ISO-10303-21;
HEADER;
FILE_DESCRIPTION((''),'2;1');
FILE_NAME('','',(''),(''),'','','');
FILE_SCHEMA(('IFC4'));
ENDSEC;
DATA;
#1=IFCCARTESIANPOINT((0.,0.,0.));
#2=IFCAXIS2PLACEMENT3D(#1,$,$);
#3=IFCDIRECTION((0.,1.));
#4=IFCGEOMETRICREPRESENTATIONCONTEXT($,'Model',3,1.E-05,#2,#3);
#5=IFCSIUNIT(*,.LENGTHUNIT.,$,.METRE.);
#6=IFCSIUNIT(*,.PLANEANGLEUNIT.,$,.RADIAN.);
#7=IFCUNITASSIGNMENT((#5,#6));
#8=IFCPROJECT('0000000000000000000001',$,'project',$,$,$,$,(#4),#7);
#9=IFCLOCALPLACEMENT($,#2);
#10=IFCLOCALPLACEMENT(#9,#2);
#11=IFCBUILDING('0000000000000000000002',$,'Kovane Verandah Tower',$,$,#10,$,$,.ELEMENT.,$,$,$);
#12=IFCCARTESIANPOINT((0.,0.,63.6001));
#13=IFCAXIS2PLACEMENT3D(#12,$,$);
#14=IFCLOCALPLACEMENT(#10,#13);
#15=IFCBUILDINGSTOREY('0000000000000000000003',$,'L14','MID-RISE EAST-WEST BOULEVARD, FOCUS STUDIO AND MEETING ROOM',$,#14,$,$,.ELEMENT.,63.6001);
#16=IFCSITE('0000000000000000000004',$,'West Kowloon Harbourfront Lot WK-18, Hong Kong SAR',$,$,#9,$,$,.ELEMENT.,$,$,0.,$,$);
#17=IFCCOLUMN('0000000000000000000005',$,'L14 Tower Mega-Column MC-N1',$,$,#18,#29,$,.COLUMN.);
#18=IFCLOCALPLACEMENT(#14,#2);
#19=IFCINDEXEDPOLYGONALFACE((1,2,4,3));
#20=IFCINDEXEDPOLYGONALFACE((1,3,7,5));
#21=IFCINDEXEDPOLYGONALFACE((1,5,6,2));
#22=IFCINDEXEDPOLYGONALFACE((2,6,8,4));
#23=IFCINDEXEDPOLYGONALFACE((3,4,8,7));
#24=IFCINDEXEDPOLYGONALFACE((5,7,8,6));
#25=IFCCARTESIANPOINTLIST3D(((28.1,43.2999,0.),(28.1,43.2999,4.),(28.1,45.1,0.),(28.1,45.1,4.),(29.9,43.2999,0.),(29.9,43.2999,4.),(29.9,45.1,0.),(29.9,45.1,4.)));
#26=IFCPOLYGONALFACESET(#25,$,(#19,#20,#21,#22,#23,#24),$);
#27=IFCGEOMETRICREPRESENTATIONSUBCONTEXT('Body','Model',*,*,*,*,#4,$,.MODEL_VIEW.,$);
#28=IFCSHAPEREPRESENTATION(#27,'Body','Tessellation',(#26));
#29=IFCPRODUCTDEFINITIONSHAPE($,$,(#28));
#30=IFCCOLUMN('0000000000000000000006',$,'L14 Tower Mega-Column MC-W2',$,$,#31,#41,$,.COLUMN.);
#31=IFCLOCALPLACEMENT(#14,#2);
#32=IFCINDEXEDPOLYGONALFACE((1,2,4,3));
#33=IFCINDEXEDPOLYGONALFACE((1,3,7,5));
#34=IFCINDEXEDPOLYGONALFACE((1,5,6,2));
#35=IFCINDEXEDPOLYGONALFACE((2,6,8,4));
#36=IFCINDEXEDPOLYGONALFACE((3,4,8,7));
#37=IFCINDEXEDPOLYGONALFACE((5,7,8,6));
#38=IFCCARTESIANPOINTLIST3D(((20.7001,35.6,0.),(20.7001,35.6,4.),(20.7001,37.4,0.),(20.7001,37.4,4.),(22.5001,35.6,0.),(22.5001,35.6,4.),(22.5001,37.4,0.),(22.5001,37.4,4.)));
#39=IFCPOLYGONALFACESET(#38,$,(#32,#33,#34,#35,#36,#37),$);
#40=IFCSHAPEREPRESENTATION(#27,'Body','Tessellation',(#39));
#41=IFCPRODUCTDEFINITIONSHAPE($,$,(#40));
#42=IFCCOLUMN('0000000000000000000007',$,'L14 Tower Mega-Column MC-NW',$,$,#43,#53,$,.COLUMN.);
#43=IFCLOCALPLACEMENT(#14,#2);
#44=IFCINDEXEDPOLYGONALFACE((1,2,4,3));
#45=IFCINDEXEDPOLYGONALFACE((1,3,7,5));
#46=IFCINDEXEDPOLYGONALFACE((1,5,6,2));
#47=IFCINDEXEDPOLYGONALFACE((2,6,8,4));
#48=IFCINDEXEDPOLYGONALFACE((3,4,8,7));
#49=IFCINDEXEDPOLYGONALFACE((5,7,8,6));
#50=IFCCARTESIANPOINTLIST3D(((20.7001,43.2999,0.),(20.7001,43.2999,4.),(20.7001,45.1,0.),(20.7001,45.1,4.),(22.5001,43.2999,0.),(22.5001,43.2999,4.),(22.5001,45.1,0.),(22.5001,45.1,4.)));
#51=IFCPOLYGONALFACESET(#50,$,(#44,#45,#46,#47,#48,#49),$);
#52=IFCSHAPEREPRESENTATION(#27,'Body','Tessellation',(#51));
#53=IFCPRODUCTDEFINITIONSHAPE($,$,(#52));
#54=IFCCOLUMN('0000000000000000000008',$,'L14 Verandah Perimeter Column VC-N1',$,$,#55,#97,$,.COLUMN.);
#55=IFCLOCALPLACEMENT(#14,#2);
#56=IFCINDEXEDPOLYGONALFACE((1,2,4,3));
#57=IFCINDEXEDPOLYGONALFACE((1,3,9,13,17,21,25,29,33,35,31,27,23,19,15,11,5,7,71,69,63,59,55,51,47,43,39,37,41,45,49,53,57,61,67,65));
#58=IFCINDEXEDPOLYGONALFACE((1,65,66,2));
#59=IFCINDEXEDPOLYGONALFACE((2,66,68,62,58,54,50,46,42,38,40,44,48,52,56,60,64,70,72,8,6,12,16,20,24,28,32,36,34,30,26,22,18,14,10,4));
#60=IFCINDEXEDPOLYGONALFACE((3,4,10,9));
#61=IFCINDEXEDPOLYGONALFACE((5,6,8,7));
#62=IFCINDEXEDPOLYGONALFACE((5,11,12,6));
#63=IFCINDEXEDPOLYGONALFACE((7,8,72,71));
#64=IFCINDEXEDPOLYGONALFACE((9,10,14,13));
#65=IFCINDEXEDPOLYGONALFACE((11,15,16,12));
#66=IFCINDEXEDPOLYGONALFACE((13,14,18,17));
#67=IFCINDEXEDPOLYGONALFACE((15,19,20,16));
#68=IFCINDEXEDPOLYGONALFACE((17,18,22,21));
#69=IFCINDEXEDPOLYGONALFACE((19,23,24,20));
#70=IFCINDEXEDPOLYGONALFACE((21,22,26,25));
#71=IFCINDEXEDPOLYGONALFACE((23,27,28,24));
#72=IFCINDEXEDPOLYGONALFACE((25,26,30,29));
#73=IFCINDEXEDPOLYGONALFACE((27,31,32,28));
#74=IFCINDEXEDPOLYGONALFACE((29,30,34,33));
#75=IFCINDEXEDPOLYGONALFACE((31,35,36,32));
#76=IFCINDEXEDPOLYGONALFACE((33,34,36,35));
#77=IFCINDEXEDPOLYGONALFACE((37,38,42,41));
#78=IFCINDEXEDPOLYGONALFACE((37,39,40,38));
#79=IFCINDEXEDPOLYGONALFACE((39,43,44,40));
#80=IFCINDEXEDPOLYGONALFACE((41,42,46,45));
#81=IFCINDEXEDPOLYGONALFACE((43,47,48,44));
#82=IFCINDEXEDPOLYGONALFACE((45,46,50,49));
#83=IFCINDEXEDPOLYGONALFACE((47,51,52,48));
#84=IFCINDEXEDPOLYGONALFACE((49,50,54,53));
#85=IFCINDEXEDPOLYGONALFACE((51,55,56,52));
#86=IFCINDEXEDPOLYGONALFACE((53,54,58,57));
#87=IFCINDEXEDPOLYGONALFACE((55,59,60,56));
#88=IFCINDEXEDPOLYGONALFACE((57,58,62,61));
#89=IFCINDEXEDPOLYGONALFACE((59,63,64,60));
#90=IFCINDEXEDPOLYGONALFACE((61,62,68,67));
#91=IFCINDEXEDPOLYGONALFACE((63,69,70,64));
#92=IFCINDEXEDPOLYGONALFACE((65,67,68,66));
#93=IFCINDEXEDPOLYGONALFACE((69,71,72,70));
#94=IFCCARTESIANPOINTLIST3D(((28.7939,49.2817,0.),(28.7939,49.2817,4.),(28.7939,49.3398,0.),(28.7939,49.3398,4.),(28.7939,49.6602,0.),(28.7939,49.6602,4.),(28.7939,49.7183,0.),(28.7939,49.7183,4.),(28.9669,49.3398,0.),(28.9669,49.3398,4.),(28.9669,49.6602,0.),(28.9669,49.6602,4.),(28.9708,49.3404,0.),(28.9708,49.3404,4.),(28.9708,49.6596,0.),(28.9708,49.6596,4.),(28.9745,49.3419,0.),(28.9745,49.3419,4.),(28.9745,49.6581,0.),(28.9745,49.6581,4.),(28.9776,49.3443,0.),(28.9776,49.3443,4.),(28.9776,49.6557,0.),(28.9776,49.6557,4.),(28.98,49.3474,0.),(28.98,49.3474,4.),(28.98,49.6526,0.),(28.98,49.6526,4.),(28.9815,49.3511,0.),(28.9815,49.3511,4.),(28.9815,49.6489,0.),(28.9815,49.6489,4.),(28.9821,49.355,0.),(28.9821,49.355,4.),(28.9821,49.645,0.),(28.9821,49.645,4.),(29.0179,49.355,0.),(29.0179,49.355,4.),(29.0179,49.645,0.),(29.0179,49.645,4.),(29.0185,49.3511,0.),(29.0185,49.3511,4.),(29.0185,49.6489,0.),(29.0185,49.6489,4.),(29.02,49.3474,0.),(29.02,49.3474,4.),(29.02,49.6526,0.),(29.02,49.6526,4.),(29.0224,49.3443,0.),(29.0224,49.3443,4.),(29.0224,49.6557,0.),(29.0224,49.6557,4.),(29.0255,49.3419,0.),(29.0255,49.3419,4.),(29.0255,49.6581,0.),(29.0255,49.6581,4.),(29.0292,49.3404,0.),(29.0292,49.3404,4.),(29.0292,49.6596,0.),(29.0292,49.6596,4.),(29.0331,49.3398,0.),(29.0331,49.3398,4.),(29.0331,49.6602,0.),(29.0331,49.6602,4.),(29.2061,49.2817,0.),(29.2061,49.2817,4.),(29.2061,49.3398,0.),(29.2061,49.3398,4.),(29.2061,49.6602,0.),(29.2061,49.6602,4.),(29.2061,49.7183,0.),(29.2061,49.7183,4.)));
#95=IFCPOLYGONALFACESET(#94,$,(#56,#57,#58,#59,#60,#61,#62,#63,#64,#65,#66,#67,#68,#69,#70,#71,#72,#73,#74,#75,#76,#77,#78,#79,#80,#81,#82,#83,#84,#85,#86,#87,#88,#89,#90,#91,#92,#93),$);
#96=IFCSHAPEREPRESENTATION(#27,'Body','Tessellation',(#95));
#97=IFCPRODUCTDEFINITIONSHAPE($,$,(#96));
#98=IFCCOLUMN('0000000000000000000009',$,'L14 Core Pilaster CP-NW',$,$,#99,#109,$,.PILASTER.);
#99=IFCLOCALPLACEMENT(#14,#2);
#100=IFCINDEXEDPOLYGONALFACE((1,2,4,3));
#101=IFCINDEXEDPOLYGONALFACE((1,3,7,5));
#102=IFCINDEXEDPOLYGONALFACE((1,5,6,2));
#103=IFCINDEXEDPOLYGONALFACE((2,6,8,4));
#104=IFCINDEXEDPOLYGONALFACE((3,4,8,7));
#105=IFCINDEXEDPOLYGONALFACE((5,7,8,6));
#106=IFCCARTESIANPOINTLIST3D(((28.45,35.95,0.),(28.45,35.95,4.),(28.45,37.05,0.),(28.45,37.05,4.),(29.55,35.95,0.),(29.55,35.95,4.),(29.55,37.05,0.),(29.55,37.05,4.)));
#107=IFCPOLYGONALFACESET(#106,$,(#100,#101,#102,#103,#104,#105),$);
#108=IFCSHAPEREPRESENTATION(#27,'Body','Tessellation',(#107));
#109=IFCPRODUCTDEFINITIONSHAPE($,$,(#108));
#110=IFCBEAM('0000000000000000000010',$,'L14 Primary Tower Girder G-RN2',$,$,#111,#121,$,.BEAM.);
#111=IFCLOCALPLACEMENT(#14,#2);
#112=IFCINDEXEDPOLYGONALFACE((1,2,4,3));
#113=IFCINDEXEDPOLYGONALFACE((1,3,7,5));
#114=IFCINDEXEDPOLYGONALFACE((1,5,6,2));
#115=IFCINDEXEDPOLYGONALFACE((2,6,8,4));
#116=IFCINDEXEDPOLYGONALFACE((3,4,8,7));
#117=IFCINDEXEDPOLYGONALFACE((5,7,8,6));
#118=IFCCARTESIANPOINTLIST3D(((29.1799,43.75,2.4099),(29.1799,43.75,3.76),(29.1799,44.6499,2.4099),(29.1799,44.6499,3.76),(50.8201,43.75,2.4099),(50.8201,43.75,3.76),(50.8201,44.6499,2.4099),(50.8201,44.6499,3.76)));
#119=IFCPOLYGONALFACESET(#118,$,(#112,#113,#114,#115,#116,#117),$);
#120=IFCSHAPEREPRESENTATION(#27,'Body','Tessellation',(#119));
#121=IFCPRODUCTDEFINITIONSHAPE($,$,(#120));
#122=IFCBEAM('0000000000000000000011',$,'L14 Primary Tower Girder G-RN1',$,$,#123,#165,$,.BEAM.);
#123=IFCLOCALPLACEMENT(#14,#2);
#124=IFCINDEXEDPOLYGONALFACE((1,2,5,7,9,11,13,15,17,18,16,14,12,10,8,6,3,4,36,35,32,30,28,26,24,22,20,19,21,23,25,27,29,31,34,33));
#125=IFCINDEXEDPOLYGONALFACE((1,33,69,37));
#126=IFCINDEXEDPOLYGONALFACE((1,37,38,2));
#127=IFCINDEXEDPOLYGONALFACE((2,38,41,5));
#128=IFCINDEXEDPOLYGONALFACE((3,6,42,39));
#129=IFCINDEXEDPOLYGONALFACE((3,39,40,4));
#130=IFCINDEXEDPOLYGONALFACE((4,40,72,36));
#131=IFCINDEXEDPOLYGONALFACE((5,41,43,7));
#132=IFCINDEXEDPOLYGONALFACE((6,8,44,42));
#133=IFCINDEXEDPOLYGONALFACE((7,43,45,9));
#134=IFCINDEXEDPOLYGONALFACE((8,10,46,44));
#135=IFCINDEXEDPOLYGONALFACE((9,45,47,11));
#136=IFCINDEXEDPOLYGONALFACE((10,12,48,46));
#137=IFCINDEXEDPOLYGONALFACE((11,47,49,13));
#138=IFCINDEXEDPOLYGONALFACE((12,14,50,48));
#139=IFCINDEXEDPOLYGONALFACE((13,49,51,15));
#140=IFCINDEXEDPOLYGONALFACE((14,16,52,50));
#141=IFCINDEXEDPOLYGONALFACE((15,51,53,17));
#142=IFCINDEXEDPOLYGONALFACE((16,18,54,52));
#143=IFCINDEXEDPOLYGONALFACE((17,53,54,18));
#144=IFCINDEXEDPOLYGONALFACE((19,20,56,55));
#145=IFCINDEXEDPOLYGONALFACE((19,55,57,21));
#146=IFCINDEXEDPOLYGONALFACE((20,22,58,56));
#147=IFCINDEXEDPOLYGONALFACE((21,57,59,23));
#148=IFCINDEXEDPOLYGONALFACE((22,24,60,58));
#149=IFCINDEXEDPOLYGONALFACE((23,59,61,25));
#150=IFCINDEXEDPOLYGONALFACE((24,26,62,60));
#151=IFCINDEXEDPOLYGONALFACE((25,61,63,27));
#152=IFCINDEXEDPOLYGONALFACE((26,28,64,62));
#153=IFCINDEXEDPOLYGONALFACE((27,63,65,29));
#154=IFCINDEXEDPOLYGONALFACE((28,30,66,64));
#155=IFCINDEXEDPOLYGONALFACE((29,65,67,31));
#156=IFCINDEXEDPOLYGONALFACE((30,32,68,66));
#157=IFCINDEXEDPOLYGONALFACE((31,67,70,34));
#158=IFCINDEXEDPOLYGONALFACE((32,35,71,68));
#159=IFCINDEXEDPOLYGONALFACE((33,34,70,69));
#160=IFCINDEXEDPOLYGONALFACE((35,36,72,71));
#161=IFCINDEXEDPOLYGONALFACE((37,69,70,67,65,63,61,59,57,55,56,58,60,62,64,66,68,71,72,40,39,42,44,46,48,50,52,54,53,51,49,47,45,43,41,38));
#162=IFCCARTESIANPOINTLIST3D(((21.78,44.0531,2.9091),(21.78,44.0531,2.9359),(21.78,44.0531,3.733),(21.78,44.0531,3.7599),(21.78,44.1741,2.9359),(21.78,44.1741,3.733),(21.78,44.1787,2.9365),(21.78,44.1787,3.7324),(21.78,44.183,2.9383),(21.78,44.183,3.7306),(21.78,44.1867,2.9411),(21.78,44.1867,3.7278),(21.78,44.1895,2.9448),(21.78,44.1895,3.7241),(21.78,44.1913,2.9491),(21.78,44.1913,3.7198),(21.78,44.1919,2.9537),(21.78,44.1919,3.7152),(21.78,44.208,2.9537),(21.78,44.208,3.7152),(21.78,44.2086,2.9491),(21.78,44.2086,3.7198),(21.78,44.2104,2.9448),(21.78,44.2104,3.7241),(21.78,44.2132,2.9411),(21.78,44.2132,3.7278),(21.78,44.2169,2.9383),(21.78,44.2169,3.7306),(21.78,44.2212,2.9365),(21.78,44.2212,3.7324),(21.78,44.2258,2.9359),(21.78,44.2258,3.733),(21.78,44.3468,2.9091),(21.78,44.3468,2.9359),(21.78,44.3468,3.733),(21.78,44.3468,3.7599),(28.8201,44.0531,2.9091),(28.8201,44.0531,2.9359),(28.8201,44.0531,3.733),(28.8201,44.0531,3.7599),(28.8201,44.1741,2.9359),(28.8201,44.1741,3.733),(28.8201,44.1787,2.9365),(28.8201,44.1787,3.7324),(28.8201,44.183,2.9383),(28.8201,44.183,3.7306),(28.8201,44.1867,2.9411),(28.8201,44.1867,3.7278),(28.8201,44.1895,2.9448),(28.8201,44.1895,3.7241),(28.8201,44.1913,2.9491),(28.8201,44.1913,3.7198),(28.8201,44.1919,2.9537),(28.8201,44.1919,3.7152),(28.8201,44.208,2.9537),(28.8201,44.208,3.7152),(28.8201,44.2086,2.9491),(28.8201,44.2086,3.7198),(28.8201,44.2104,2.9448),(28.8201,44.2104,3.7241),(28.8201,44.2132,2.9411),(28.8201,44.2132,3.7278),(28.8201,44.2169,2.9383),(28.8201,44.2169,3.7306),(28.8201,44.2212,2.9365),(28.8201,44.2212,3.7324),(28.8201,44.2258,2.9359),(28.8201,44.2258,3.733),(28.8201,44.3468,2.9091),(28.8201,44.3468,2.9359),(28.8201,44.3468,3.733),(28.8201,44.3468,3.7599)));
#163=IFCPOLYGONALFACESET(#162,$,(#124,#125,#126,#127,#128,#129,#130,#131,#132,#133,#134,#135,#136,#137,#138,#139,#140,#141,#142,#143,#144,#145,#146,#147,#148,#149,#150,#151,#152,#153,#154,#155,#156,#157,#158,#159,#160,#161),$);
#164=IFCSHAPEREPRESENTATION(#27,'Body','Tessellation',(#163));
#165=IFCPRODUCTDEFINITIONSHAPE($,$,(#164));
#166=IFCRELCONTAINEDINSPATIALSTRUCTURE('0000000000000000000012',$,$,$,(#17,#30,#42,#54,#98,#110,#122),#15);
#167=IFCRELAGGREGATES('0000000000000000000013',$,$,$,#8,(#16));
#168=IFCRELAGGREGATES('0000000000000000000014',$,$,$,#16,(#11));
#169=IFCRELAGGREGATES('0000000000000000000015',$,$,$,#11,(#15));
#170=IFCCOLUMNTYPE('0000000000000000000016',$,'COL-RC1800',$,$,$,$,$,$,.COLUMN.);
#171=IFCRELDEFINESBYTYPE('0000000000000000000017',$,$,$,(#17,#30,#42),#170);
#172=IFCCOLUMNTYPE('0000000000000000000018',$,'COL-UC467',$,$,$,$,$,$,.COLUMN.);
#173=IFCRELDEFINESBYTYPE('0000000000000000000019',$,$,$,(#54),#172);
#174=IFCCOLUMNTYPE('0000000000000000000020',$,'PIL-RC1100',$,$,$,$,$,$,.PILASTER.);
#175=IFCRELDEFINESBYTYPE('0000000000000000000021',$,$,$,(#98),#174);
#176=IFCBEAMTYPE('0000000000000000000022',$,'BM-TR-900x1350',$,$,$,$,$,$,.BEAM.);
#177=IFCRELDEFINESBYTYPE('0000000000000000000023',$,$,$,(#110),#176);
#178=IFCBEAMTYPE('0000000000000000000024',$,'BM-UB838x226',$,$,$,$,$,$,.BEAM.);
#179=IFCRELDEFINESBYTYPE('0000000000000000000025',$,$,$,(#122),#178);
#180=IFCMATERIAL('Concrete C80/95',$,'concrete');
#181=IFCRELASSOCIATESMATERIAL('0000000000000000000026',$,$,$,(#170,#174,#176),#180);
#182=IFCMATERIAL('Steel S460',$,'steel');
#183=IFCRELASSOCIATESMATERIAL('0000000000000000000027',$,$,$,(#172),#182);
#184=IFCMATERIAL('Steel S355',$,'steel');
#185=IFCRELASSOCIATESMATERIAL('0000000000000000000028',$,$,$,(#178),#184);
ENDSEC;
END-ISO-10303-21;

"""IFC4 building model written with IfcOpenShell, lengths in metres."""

from ifc_helpers import new_model, si_unit, direction, frame, origin, origin_2d, place, context, subcontext, project, spatial, rectangle, i_section, extrude, material, material_profile, profile_set, type_object, element, save


model = new_model("IFC4")

# Units and contexts
model_context = context("Model", 3, precision=1e-05, world=origin(), true_north=direction((0.0, 1.0)))
body_context = subcontext(model_context, "Body", "Model", "MODEL_VIEW")
ifc_project = project(units=[si_unit("LENGTHUNIT", "METRE"), si_unit("PLANEANGLEUNIT", "RADIAN")], contexts=[model_context])

# Site, building, storey
site_placement = place(None, origin())
site = spatial("IfcSite", under=ifc_project, at=site_placement, Name="West Kowloon Harbourfront Lot WK-18, Hong Kong SAR", CompositionType="ELEMENT", RefElevation=0.0)
building_placement = place(site_placement, origin())
building = spatial("IfcBuilding", under=site, at=building_placement, Name="Kovane Verandah Tower", CompositionType="ELEMENT")
storey_placement = place(building_placement, frame((0.0, 0.0, 63.6001)))
storey = spatial("IfcBuildingStorey", under=building, at=storey_placement, Name="L14", Description="MID-RISE EAST-WEST BOULEVARD, FOCUS STUDIO AND MEETING ROOM", CompositionType="ELEMENT", Elevation=63.6001)

# Columns
ifc_material_1 = material(Name="Concrete C80/95", Category="concrete")
ifc_material_profile_1 = material_profile(ifc_material_1, rectangle(XDim=1.8, YDim=1.8, at=origin_2d()), Name="RC1800x1800")
ifc_profile_set_1 = profile_set([ifc_material_profile_1], Name="Concrete C80/95")
column_type_1 = type_object("IfcColumnType", Name="COL-RC1800", PredefinedType="COLUMN", material=ifc_profile_set_1)
for number, where, z_axis, x_axis, name in (
    (1, (29.0, 44.2, 0.0), (0.0, 0.0, 1.0), (1.0, 0.0, 0.0), "L14 Tower Mega-Column MC-N1"),
    (2, (21.6001, 36.5, 0.0), (0.0, 0.0, 1.0), (1.0, 0.0, 0.0), "L14 Tower Mega-Column MC-W2"),
    (3, (21.6001, 44.2, 0.0), (0.0, 0.0, 1.0), (1.0, 0.0, 0.0), "L14 Tower Mega-Column MC-NW"),
):
    element("IfcColumn", number, at=place(storey_placement, frame(where, z_axis=z_axis, x_axis=x_axis)), inside=storey, type_object=column_type_1, Name=name, PredefinedType="COLUMN", context=body_context, shape_type="SweptSolid", body=[
        extrude(rectangle(XDim=1.8, YDim=1.8, at=origin_2d()), origin(), (0.0, 0.0, 1.0), 4.0),
    ])
ifc_material_2 = material(Name="Steel S460", Category="steel")
ifc_material_profile_2 = material_profile(ifc_material_2, i_section(OverallWidth=0.4121, OverallDepth=0.4365, WebThickness=0.0359, FlangeThickness=0.0581, FilletRadius=0.0151, at=origin_2d()), Name="UC356x406x467")
ifc_profile_set_2 = profile_set([ifc_material_profile_2], Name="Steel S460")
column_type_2 = type_object("IfcColumnType", Name="COL-UC467", PredefinedType="COLUMN", material=ifc_profile_set_2)
column_1_placement = place(storey_placement, frame((29.0, 49.5, 0.0), z_axis=(0.0, 0.0, 1.0), x_axis=(1.0, 0.0, 0.0)))
element("IfcColumn", 4, at=column_1_placement, inside=storey, type_object=column_type_2, Name="L14 Verandah Perimeter Column VC-N1", PredefinedType="COLUMN", context=body_context, shape_type="SweptSolid", body=[
    extrude(i_section(OverallWidth=0.4121, OverallDepth=0.4365, WebThickness=0.0359, FlangeThickness=0.0581, FilletRadius=0.0151, at=origin_2d()), origin(), (0.0, 0.0, 1.0), 4.0),
])
ifc_material_profile_3 = material_profile(ifc_material_1, rectangle(XDim=1.1001, YDim=1.1001, at=origin_2d()), Name="RC1100x1100")
ifc_profile_set_3 = profile_set([ifc_material_profile_3], Name="Concrete C80/95")
column_type_3 = type_object("IfcColumnType", Name="PIL-RC1100", PredefinedType="PILASTER", material=ifc_profile_set_3)
column_2_placement = place(storey_placement, frame((29.0, 36.5, 0.0), z_axis=(0.0, 0.0, 1.0), x_axis=(1.0, 0.0, 0.0)))
element("IfcColumn", 5, at=column_2_placement, inside=storey, type_object=column_type_3, Name="L14 Core Pilaster CP-NW", PredefinedType="PILASTER", context=body_context, shape_type="SweptSolid", body=[
    extrude(rectangle(XDim=1.1001, YDim=1.1001, at=origin_2d()), origin(), (0.0, 0.0, 1.0), 4.0),
])

# Beams
ifc_material_profile_4 = material_profile(ifc_material_1, rectangle(XDim=0.8999, YDim=1.3501, at=origin_2d()), Name="RCB900x1350")
ifc_profile_set_4 = profile_set([ifc_material_profile_4], Name="Concrete C80/95")
beam_type_1 = type_object("IfcBeamType", Name="BM-TR-900x1350", PredefinedType="BEAM", material=ifc_profile_set_4)
beam_1_placement = place(storey_placement, frame((29.1799, 44.2, 3.085), z_axis=(1.0, 0.0, 0.0), x_axis=(0.0, 1.0, 0.0)))
element("IfcBeam", 6, at=beam_1_placement, inside=storey, type_object=beam_type_1, Name="L14 Primary Tower Girder G-RN2", PredefinedType="BEAM", context=body_context, shape_type="SweptSolid", body=[
    extrude(rectangle(XDim=0.8999, YDim=1.3501, at=origin_2d()), origin(), (0.0, 0.0, 1.0), 21.6401),
])
ifc_material_3 = material(Name="Steel S355", Category="steel")
ifc_material_profile_5 = material_profile(ifc_material_3, i_section(OverallWidth=0.2937, OverallDepth=0.8508, WebThickness=0.0161, FlangeThickness=0.0269, FilletRadius=0.0178, at=origin_2d()), Name="UB838x292x226")
ifc_profile_set_5 = profile_set([ifc_material_profile_5], Name="Steel S355")
beam_type_2 = type_object("IfcBeamType", Name="BM-UB838x226", PredefinedType="BEAM", material=ifc_profile_set_5)
beam_2_placement = place(storey_placement, frame((21.78, 44.2, 3.3345), z_axis=(1.0, 0.0, 0.0), x_axis=(0.0, 1.0, 0.0)))
element("IfcBeam", 7, at=beam_2_placement, inside=storey, type_object=beam_type_2, Name="L14 Primary Tower Girder G-RN1", PredefinedType="BEAM", context=body_context, shape_type="SweptSolid", body=[
    extrude(i_section(OverallWidth=0.2937, OverallDepth=0.8508, WebThickness=0.0161, FlangeThickness=0.0269, FilletRadius=0.0178, at=origin_2d()), origin(), (0.0, 0.0, 1.0), 7.04),
])

save(model, "model.ifc")
